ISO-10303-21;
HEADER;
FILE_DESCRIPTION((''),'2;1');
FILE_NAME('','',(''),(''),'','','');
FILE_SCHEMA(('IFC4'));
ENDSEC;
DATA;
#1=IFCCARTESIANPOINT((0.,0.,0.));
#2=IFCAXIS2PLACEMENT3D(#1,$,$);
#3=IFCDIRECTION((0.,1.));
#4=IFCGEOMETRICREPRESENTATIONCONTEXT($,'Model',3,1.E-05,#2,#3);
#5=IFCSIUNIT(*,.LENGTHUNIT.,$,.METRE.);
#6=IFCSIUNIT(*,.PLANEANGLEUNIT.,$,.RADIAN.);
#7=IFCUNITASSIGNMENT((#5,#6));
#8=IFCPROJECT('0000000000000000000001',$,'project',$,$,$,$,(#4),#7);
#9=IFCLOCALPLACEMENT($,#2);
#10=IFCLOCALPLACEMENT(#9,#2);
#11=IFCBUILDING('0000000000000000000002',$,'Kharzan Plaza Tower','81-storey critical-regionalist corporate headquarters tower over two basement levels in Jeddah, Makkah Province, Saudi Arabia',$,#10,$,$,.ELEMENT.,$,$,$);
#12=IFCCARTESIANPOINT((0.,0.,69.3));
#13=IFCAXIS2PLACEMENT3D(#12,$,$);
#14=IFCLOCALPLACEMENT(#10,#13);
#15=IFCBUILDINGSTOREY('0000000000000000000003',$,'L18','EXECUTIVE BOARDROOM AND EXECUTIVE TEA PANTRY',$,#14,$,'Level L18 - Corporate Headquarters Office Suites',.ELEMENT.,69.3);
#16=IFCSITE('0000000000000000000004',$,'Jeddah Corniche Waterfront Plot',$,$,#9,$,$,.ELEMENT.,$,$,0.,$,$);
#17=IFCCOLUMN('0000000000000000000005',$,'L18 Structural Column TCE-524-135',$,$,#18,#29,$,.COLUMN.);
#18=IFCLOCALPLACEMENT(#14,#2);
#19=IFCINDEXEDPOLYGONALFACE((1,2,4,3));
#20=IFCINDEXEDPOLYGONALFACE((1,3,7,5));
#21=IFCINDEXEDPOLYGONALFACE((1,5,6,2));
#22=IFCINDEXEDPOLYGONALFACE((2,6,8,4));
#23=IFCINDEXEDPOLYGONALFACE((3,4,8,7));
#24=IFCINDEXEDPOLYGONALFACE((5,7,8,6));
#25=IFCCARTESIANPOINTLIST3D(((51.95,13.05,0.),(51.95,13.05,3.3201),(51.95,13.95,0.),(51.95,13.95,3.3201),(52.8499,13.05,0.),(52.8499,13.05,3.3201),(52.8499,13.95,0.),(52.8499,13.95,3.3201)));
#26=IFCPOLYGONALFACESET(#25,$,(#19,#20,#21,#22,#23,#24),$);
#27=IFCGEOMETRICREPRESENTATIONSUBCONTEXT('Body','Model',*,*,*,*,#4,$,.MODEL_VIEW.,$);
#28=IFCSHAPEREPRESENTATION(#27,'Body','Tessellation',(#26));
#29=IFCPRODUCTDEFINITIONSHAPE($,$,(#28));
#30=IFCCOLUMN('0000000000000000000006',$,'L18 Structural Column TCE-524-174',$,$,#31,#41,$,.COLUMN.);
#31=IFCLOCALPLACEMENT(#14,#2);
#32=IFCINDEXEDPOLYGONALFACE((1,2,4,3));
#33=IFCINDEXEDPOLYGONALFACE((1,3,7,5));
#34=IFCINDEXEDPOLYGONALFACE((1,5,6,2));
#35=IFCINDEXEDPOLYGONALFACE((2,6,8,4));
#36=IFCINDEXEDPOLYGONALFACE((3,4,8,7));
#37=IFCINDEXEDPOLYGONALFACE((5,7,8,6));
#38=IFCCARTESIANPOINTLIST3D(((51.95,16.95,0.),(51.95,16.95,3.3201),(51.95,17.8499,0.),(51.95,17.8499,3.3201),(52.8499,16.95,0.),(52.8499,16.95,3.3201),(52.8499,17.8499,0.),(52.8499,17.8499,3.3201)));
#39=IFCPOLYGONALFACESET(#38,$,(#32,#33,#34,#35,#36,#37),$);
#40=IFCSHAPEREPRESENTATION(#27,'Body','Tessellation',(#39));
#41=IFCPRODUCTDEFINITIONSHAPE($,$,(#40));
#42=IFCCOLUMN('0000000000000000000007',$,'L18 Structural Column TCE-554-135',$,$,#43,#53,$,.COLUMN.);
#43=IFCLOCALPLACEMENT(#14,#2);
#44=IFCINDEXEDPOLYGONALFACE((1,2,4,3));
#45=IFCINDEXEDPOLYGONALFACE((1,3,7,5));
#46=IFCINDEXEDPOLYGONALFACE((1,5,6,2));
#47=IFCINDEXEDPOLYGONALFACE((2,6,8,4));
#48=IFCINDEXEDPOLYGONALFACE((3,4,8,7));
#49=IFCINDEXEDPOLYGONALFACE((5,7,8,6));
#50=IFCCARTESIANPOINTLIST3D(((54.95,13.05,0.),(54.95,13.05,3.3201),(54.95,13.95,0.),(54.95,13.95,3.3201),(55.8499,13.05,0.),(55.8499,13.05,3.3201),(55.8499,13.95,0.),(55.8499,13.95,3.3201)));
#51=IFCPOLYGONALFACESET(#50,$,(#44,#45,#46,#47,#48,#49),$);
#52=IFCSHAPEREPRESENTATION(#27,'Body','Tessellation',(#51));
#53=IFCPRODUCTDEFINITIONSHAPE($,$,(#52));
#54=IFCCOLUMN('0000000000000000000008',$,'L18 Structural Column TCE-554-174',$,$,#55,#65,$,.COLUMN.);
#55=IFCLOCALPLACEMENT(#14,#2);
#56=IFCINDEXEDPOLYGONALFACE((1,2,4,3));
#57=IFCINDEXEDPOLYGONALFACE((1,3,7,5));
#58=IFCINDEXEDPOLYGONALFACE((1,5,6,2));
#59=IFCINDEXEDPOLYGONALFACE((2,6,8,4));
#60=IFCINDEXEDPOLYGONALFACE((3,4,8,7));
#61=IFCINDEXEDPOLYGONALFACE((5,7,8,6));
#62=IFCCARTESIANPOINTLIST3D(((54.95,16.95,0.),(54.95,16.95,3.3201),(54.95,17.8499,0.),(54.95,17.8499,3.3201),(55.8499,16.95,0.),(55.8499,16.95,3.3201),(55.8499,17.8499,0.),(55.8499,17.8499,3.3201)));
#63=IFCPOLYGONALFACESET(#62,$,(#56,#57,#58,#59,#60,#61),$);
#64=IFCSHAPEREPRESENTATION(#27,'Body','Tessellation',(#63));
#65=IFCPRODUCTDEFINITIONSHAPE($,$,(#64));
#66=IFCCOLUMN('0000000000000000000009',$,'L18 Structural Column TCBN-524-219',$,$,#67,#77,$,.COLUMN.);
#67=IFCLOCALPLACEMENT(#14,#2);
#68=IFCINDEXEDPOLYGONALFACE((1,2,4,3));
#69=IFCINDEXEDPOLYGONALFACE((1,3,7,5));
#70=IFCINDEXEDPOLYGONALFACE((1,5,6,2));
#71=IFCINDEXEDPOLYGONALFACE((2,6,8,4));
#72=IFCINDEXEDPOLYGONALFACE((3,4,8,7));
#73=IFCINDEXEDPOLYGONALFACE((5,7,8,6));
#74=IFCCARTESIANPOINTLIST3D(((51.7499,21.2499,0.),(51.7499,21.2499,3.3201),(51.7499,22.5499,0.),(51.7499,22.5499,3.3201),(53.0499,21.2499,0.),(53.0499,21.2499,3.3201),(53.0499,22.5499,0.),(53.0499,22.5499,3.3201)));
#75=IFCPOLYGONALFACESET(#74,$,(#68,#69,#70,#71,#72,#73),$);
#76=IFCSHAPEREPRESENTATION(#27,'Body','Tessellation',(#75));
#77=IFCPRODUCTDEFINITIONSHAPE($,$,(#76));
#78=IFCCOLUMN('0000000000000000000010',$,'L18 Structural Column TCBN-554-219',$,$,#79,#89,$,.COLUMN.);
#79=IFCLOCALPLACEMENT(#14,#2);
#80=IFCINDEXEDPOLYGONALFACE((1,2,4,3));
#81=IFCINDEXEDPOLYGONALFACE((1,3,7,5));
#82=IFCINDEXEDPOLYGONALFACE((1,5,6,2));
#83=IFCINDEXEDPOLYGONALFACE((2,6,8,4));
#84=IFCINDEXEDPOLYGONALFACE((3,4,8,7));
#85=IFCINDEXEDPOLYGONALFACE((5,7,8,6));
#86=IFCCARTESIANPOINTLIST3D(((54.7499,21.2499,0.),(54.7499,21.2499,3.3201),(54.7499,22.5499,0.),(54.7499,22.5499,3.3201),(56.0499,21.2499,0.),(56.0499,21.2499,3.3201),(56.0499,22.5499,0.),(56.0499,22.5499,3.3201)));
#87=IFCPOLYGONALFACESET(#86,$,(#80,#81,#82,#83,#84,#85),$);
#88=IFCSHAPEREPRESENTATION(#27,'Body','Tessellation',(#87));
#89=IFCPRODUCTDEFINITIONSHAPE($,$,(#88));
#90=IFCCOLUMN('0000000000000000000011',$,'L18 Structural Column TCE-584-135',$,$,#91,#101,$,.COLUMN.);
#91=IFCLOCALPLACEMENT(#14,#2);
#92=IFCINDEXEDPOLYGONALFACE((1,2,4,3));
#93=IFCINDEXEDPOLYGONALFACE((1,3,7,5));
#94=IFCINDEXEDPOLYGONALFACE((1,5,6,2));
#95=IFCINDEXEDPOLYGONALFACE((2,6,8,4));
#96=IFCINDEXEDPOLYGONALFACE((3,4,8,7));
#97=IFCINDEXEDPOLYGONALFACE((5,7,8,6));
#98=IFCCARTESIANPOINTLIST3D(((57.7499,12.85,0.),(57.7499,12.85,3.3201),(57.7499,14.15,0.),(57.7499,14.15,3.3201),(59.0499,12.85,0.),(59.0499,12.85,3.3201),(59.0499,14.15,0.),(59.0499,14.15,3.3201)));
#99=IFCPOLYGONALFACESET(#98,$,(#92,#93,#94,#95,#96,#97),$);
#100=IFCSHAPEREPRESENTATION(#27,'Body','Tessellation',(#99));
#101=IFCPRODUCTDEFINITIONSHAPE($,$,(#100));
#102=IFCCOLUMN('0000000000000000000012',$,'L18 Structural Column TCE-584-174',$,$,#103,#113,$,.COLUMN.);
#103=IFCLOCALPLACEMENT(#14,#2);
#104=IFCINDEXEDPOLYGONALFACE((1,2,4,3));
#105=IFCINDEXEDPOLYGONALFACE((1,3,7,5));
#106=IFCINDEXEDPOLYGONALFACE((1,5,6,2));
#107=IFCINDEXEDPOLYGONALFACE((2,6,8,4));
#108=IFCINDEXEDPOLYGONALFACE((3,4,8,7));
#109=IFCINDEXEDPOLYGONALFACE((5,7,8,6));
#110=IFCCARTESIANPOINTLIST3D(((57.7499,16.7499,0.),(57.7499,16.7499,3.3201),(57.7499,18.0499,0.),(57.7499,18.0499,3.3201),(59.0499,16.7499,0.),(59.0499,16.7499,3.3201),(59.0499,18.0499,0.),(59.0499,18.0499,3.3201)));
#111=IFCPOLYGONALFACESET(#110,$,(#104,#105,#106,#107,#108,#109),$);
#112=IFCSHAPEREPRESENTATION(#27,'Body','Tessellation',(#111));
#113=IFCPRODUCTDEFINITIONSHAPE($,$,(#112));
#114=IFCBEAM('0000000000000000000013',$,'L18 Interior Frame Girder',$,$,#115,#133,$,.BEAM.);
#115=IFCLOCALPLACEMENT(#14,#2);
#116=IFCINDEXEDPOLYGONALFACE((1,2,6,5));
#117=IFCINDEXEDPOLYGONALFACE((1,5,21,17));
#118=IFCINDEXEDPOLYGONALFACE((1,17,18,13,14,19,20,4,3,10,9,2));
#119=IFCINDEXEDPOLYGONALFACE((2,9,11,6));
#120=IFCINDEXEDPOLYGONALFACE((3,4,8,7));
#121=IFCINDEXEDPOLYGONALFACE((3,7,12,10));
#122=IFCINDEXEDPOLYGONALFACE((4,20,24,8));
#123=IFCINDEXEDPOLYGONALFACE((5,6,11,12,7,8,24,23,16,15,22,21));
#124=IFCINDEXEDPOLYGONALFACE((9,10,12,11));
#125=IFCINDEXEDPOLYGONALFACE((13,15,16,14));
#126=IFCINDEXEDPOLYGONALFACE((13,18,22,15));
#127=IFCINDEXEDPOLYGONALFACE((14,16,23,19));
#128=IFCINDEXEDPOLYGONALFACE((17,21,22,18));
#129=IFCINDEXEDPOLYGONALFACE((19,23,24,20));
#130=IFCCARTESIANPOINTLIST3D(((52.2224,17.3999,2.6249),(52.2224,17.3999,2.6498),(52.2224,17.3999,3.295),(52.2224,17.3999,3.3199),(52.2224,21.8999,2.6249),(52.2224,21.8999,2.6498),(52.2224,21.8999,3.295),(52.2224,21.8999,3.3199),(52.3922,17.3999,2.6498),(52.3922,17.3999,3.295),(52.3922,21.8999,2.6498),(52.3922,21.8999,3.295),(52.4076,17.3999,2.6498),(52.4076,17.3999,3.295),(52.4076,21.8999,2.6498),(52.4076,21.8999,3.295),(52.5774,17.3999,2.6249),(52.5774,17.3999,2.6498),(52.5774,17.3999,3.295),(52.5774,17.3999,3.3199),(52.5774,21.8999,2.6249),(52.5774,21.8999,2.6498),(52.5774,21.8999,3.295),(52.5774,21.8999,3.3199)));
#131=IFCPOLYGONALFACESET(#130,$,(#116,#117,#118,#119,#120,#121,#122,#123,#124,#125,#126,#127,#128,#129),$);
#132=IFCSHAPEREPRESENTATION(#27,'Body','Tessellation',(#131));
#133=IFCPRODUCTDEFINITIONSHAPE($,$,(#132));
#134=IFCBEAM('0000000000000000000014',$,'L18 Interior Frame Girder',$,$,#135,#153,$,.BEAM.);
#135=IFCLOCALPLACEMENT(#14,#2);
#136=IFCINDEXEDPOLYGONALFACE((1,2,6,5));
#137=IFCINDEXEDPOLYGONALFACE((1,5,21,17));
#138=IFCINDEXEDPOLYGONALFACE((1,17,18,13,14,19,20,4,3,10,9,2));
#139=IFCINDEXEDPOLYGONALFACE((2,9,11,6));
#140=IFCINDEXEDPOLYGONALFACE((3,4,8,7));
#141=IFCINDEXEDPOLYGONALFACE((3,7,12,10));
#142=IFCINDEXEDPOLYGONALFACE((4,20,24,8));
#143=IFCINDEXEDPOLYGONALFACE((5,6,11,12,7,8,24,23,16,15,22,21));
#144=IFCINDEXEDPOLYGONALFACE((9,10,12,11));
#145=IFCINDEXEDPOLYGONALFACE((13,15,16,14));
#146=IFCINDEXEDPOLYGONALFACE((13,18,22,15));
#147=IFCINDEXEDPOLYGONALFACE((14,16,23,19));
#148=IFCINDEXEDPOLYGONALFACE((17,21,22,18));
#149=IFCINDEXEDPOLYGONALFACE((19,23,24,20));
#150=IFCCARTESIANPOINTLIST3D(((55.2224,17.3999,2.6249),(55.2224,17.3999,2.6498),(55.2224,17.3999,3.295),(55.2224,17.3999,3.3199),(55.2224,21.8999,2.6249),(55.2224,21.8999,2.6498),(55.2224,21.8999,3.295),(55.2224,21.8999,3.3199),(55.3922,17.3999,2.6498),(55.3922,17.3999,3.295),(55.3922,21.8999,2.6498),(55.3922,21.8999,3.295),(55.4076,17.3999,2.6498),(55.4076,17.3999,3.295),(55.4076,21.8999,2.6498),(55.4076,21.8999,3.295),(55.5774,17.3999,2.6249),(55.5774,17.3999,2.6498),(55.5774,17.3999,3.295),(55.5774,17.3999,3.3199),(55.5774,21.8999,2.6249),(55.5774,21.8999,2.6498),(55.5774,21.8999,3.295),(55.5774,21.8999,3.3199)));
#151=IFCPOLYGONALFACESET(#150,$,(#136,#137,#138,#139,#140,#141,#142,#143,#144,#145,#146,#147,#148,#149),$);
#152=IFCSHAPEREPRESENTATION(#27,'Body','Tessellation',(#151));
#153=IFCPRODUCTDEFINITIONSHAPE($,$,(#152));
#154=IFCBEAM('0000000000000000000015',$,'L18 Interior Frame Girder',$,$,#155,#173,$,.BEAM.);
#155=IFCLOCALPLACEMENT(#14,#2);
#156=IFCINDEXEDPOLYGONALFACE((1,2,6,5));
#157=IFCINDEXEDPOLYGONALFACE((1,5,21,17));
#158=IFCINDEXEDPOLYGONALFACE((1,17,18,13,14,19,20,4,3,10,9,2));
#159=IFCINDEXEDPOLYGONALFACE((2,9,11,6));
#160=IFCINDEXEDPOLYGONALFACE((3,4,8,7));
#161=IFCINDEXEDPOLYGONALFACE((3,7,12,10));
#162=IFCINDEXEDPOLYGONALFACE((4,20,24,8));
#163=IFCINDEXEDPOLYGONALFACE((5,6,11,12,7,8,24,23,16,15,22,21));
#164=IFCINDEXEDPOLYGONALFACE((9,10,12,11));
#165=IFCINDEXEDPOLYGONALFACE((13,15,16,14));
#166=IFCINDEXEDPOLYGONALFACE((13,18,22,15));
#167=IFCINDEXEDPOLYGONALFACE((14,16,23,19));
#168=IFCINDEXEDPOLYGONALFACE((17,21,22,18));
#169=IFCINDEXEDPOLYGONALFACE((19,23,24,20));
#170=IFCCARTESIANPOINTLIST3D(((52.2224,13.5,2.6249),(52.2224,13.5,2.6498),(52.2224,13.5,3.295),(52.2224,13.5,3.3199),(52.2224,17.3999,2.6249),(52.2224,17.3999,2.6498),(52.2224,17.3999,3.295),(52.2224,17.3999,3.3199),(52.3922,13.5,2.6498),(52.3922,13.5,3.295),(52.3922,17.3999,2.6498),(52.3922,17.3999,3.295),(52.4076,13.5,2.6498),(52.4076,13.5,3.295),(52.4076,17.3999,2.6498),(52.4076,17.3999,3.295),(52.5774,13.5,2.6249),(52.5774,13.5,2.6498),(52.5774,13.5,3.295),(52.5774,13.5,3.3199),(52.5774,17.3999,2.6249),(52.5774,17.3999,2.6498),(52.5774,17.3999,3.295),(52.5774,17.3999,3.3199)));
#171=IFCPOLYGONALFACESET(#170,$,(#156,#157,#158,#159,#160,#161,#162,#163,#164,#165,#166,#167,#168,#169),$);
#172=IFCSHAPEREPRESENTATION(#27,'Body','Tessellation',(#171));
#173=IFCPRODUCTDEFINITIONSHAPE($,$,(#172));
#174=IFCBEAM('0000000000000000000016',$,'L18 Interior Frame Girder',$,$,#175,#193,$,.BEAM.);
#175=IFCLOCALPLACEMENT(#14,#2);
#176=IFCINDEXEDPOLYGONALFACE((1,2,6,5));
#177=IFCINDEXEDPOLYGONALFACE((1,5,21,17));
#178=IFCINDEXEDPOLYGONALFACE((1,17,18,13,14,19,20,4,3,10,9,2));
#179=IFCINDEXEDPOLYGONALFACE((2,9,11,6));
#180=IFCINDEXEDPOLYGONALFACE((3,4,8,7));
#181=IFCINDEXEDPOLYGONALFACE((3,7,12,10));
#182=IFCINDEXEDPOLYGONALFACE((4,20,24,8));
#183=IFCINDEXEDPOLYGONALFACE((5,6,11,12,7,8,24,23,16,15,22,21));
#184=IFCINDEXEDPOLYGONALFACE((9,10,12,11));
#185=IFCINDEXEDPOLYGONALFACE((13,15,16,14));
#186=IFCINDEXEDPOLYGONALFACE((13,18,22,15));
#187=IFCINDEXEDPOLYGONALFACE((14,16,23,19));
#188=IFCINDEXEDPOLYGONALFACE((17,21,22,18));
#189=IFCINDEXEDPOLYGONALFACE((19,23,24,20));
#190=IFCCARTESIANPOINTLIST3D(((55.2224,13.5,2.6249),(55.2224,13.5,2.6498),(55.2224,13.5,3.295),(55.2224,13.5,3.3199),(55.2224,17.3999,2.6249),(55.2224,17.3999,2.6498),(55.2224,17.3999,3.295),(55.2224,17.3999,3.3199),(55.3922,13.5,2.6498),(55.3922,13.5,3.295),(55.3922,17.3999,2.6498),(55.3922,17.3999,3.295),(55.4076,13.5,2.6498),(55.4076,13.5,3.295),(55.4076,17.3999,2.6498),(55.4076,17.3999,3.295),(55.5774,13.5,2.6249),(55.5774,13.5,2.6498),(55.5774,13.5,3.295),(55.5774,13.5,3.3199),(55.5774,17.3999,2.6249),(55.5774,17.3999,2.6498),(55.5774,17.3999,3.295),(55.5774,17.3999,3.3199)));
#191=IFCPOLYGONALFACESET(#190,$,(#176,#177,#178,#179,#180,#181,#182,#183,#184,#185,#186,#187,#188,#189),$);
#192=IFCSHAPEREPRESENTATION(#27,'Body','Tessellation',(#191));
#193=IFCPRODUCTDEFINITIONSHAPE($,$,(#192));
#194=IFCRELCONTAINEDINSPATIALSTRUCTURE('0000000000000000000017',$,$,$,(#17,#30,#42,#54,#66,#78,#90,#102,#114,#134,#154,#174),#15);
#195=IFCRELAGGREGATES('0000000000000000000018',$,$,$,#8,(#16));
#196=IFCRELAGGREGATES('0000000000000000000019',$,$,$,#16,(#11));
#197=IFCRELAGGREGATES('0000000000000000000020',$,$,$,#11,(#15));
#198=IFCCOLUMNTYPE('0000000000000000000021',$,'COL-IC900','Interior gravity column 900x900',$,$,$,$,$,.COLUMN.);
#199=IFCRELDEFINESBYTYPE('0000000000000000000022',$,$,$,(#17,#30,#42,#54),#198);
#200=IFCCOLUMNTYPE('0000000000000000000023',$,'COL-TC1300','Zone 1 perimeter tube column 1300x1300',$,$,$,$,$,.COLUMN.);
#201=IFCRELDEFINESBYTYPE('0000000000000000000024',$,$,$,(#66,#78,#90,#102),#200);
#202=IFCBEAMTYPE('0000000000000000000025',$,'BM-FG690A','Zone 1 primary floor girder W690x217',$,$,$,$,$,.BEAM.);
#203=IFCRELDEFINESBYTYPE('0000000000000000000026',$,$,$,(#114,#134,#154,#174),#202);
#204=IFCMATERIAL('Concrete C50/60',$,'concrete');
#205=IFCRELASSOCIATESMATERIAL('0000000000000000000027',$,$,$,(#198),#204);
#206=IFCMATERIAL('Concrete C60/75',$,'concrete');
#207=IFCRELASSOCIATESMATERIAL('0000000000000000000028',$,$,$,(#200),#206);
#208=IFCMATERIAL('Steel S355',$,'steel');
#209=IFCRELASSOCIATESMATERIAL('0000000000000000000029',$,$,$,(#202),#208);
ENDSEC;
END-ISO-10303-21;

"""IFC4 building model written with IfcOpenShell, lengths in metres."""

from ifc_helpers import new_model, si_unit, direction, frame, origin, origin_2d, place, context, subcontext, project, spatial, rectangle, i_section, extrude, source, transform, mapped, material, material_profile, profile_set, type_object, element, save


model = new_model("IFC4")

# Units and contexts
model_context = context("Model", 3, precision=1e-05, world=origin(), true_north=direction((0.0, 1.0)))
body_context = subcontext(model_context, "Body", "Model", "MODEL_VIEW")
ifc_project = project(units=[si_unit("LENGTHUNIT", "METRE"), si_unit("PLANEANGLEUNIT", "RADIAN")], contexts=[model_context])

# Site, building, storey
site_placement = place(None, origin())
site = spatial("IfcSite", under=ifc_project, at=site_placement, Name="Jeddah Corniche Waterfront Plot", CompositionType="ELEMENT", RefElevation=0.0)
building_placement = place(site_placement, origin())
building = spatial("IfcBuilding", under=site, at=building_placement, Name="Kharzan Plaza Tower", Description="81-storey critical-regionalist corporate headquarters tower over two basement levels in Jeddah, Makkah Province, Saudi Arabia", CompositionType="ELEMENT")
storey_placement = place(building_placement, frame((0.0, 0.0, 69.3)))
storey = spatial("IfcBuildingStorey", under=building, at=storey_placement, Name="L18", Description="EXECUTIVE BOARDROOM AND EXECUTIVE TEA PANTRY", LongName="Level L18 - Corporate Headquarters Office Suites", CompositionType="ELEMENT", Elevation=69.3)

# Columns
ifc_material_1 = material(Name="Concrete C50/60", Category="concrete")
ifc_material_profile_1 = material_profile(ifc_material_1, rectangle(XDim=0.8999, YDim=0.8999, at=origin_2d()), Name="RC-IC900x900")
ifc_profile_set_1 = profile_set([ifc_material_profile_1], Name="Concrete C50/60")
column_type_1 = type_object("IfcColumnType", Name="COL-IC900", Description="Interior gravity column 900x900", PredefinedType="COLUMN", material=ifc_profile_set_1)
shared_shape_1 = source(origin(), body_context, "Body", "SweptSolid", [
    extrude(rectangle(XDim=0.8999, YDim=0.8999, at=origin_2d()), origin(), (0.0, 0.0, 1.0), 3.3201),
])
for number, where, z_axis, x_axis, name in (
    (1, (52.3999, 13.5, 0.0), (0.0, 0.0, 1.0), (1.0, 0.0, 0.0), "L18 Structural Column TCE-524-135"),
    (2, (52.3999, 17.3999, 0.0), (0.0, 0.0, 1.0), (1.0, 0.0, 0.0), "L18 Structural Column TCE-524-174"),
    (3, (55.3999, 13.5, 0.0), (0.0, 0.0, 1.0), (1.0, 0.0, 0.0), "L18 Structural Column TCE-554-135"),
    (4, (55.3999, 17.3999, 0.0), (0.0, 0.0, 1.0), (1.0, 0.0, 0.0), "L18 Structural Column TCE-554-174"),
):
    element("IfcColumn", number, at=place(storey_placement, frame(where, z_axis=z_axis, x_axis=x_axis)), inside=storey, type_object=column_type_1, Name=name, PredefinedType="COLUMN", context=body_context, shape_type="MappedRepresentation", body=[
        mapped(shared_shape_1, transform((0.0, 0.0, 0.0), x_axis=(1.0, 0.0, 0.0), y_axis=(0.0, 1.0, 0.0), z_axis=(0.0, 0.0, 1.0))),
    ])
ifc_material_2 = material(Name="Concrete C60/75", Category="concrete")
ifc_material_profile_2 = material_profile(ifc_material_2, rectangle(XDim=1.3, YDim=1.3, at=origin_2d()), Name="RC-TC1300x1300")
ifc_profile_set_2 = profile_set([ifc_material_profile_2], Name="Concrete C60/75")
column_type_2 = type_object("IfcColumnType", Name="COL-TC1300", Description="Zone 1 perimeter tube column 1300x1300", PredefinedType="COLUMN", material=ifc_profile_set_2)
shared_shape_2 = source(origin(), body_context, "Body", "SweptSolid", [
    extrude(rectangle(XDim=1.3, YDim=1.3, at=origin_2d()), origin(), (0.0, 0.0, 1.0), 3.3201),
])
for number, where, z_axis, x_axis, name in (
    (5, (52.3999, 21.8999, 0.0), (0.0, 0.0, 1.0), (1.0, 0.0, 0.0), "L18 Structural Column TCBN-524-219"),
    (6, (55.3999, 21.8999, 0.0), (0.0, 0.0, 1.0), (1.0, 0.0, 0.0), "L18 Structural Column TCBN-554-219"),
    (7, (58.3999, 13.5, 0.0), (0.0, 0.0, 1.0), (1.0, 0.0, 0.0), "L18 Structural Column TCE-584-135"),
    (8, (58.3999, 17.3999, 0.0), (0.0, 0.0, 1.0), (1.0, 0.0, 0.0), "L18 Structural Column TCE-584-174"),
):
    element("IfcColumn", number, at=place(storey_placement, frame(where, z_axis=z_axis, x_axis=x_axis)), inside=storey, type_object=column_type_2, Name=name, PredefinedType="COLUMN", context=body_context, shape_type="MappedRepresentation", body=[
        mapped(shared_shape_2, transform((0.0, 0.0, 0.0), x_axis=(1.0, 0.0, 0.0), y_axis=(0.0, 1.0, 0.0), z_axis=(0.0, 0.0, 1.0))),
    ])

# Beams
ifc_material_3 = material(Name="Steel S355", Category="steel")
ifc_material_profile_3 = material_profile(ifc_material_3, i_section(OverallWidth=0.355, OverallDepth=0.6951, WebThickness=0.0154, FlangeThickness=0.0249, at=origin_2d()), Name="W690x217")
ifc_profile_set_3 = profile_set([ifc_material_profile_3], Name="Steel S355")
beam_type_1 = type_object("IfcBeamType", Name="BM-FG690A", Description="Zone 1 primary floor girder W690x217", PredefinedType="BEAM", material=ifc_profile_set_3)
shared_shape_3 = source(origin(), body_context, "Body", "SweptSolid", [
    extrude(i_section(OverallWidth=0.355, OverallDepth=0.6951, WebThickness=0.0154, FlangeThickness=0.0249, at=origin_2d()), origin(), (0.0, 0.0, 1.0), 4.5),
])
for number, where, z_axis, x_axis, name in (
    (9, (52.3999, 17.3999, 2.9724), (0.0, 1.0, 0.0), (-1.0, 0.0, 0.0), "L18 Interior Frame Girder"),
    (10, (55.3999, 17.3999, 2.9724), (0.0, 1.0, 0.0), (-1.0, 0.0, 0.0), "L18 Interior Frame Girder"),
):
    element("IfcBeam", number, at=place(storey_placement, frame(where, z_axis=z_axis, x_axis=x_axis)), inside=storey, type_object=beam_type_1, Name=name, PredefinedType="BEAM", context=body_context, shape_type="MappedRepresentation", body=[
        mapped(shared_shape_3, transform((0.0, 0.0, 0.0), x_axis=(1.0, 0.0, 0.0), y_axis=(0.0, 1.0, 0.0), z_axis=(0.0, 0.0, 1.0))),
    ])
shared_shape_4 = source(origin(), body_context, "Body", "SweptSolid", [
    extrude(i_section(OverallWidth=0.355, OverallDepth=0.6951, WebThickness=0.0154, FlangeThickness=0.0249, at=origin_2d()), origin(), (0.0, 0.0, 1.0), 3.8999),
])
for number, where, z_axis, x_axis, name in (
    (11, (52.3999, 13.5, 2.9724), (0.0, 1.0, 0.0), (-1.0, 0.0, 0.0), "L18 Interior Frame Girder"),
    (12, (55.3999, 13.5, 2.9724), (0.0, 1.0, 0.0), (-1.0, 0.0, 0.0), "L18 Interior Frame Girder"),
):
    element("IfcBeam", number, at=place(storey_placement, frame(where, z_axis=z_axis, x_axis=x_axis)), inside=storey, type_object=beam_type_1, Name=name, PredefinedType="BEAM", context=body_context, shape_type="MappedRepresentation", body=[
        mapped(shared_shape_4, transform((0.0, 0.0, 0.0), x_axis=(1.0, 0.0, 0.0), y_axis=(0.0, 1.0, 0.0), z_axis=(0.0, 0.0, 1.0))),
    ])

save(model, "model.ifc")
